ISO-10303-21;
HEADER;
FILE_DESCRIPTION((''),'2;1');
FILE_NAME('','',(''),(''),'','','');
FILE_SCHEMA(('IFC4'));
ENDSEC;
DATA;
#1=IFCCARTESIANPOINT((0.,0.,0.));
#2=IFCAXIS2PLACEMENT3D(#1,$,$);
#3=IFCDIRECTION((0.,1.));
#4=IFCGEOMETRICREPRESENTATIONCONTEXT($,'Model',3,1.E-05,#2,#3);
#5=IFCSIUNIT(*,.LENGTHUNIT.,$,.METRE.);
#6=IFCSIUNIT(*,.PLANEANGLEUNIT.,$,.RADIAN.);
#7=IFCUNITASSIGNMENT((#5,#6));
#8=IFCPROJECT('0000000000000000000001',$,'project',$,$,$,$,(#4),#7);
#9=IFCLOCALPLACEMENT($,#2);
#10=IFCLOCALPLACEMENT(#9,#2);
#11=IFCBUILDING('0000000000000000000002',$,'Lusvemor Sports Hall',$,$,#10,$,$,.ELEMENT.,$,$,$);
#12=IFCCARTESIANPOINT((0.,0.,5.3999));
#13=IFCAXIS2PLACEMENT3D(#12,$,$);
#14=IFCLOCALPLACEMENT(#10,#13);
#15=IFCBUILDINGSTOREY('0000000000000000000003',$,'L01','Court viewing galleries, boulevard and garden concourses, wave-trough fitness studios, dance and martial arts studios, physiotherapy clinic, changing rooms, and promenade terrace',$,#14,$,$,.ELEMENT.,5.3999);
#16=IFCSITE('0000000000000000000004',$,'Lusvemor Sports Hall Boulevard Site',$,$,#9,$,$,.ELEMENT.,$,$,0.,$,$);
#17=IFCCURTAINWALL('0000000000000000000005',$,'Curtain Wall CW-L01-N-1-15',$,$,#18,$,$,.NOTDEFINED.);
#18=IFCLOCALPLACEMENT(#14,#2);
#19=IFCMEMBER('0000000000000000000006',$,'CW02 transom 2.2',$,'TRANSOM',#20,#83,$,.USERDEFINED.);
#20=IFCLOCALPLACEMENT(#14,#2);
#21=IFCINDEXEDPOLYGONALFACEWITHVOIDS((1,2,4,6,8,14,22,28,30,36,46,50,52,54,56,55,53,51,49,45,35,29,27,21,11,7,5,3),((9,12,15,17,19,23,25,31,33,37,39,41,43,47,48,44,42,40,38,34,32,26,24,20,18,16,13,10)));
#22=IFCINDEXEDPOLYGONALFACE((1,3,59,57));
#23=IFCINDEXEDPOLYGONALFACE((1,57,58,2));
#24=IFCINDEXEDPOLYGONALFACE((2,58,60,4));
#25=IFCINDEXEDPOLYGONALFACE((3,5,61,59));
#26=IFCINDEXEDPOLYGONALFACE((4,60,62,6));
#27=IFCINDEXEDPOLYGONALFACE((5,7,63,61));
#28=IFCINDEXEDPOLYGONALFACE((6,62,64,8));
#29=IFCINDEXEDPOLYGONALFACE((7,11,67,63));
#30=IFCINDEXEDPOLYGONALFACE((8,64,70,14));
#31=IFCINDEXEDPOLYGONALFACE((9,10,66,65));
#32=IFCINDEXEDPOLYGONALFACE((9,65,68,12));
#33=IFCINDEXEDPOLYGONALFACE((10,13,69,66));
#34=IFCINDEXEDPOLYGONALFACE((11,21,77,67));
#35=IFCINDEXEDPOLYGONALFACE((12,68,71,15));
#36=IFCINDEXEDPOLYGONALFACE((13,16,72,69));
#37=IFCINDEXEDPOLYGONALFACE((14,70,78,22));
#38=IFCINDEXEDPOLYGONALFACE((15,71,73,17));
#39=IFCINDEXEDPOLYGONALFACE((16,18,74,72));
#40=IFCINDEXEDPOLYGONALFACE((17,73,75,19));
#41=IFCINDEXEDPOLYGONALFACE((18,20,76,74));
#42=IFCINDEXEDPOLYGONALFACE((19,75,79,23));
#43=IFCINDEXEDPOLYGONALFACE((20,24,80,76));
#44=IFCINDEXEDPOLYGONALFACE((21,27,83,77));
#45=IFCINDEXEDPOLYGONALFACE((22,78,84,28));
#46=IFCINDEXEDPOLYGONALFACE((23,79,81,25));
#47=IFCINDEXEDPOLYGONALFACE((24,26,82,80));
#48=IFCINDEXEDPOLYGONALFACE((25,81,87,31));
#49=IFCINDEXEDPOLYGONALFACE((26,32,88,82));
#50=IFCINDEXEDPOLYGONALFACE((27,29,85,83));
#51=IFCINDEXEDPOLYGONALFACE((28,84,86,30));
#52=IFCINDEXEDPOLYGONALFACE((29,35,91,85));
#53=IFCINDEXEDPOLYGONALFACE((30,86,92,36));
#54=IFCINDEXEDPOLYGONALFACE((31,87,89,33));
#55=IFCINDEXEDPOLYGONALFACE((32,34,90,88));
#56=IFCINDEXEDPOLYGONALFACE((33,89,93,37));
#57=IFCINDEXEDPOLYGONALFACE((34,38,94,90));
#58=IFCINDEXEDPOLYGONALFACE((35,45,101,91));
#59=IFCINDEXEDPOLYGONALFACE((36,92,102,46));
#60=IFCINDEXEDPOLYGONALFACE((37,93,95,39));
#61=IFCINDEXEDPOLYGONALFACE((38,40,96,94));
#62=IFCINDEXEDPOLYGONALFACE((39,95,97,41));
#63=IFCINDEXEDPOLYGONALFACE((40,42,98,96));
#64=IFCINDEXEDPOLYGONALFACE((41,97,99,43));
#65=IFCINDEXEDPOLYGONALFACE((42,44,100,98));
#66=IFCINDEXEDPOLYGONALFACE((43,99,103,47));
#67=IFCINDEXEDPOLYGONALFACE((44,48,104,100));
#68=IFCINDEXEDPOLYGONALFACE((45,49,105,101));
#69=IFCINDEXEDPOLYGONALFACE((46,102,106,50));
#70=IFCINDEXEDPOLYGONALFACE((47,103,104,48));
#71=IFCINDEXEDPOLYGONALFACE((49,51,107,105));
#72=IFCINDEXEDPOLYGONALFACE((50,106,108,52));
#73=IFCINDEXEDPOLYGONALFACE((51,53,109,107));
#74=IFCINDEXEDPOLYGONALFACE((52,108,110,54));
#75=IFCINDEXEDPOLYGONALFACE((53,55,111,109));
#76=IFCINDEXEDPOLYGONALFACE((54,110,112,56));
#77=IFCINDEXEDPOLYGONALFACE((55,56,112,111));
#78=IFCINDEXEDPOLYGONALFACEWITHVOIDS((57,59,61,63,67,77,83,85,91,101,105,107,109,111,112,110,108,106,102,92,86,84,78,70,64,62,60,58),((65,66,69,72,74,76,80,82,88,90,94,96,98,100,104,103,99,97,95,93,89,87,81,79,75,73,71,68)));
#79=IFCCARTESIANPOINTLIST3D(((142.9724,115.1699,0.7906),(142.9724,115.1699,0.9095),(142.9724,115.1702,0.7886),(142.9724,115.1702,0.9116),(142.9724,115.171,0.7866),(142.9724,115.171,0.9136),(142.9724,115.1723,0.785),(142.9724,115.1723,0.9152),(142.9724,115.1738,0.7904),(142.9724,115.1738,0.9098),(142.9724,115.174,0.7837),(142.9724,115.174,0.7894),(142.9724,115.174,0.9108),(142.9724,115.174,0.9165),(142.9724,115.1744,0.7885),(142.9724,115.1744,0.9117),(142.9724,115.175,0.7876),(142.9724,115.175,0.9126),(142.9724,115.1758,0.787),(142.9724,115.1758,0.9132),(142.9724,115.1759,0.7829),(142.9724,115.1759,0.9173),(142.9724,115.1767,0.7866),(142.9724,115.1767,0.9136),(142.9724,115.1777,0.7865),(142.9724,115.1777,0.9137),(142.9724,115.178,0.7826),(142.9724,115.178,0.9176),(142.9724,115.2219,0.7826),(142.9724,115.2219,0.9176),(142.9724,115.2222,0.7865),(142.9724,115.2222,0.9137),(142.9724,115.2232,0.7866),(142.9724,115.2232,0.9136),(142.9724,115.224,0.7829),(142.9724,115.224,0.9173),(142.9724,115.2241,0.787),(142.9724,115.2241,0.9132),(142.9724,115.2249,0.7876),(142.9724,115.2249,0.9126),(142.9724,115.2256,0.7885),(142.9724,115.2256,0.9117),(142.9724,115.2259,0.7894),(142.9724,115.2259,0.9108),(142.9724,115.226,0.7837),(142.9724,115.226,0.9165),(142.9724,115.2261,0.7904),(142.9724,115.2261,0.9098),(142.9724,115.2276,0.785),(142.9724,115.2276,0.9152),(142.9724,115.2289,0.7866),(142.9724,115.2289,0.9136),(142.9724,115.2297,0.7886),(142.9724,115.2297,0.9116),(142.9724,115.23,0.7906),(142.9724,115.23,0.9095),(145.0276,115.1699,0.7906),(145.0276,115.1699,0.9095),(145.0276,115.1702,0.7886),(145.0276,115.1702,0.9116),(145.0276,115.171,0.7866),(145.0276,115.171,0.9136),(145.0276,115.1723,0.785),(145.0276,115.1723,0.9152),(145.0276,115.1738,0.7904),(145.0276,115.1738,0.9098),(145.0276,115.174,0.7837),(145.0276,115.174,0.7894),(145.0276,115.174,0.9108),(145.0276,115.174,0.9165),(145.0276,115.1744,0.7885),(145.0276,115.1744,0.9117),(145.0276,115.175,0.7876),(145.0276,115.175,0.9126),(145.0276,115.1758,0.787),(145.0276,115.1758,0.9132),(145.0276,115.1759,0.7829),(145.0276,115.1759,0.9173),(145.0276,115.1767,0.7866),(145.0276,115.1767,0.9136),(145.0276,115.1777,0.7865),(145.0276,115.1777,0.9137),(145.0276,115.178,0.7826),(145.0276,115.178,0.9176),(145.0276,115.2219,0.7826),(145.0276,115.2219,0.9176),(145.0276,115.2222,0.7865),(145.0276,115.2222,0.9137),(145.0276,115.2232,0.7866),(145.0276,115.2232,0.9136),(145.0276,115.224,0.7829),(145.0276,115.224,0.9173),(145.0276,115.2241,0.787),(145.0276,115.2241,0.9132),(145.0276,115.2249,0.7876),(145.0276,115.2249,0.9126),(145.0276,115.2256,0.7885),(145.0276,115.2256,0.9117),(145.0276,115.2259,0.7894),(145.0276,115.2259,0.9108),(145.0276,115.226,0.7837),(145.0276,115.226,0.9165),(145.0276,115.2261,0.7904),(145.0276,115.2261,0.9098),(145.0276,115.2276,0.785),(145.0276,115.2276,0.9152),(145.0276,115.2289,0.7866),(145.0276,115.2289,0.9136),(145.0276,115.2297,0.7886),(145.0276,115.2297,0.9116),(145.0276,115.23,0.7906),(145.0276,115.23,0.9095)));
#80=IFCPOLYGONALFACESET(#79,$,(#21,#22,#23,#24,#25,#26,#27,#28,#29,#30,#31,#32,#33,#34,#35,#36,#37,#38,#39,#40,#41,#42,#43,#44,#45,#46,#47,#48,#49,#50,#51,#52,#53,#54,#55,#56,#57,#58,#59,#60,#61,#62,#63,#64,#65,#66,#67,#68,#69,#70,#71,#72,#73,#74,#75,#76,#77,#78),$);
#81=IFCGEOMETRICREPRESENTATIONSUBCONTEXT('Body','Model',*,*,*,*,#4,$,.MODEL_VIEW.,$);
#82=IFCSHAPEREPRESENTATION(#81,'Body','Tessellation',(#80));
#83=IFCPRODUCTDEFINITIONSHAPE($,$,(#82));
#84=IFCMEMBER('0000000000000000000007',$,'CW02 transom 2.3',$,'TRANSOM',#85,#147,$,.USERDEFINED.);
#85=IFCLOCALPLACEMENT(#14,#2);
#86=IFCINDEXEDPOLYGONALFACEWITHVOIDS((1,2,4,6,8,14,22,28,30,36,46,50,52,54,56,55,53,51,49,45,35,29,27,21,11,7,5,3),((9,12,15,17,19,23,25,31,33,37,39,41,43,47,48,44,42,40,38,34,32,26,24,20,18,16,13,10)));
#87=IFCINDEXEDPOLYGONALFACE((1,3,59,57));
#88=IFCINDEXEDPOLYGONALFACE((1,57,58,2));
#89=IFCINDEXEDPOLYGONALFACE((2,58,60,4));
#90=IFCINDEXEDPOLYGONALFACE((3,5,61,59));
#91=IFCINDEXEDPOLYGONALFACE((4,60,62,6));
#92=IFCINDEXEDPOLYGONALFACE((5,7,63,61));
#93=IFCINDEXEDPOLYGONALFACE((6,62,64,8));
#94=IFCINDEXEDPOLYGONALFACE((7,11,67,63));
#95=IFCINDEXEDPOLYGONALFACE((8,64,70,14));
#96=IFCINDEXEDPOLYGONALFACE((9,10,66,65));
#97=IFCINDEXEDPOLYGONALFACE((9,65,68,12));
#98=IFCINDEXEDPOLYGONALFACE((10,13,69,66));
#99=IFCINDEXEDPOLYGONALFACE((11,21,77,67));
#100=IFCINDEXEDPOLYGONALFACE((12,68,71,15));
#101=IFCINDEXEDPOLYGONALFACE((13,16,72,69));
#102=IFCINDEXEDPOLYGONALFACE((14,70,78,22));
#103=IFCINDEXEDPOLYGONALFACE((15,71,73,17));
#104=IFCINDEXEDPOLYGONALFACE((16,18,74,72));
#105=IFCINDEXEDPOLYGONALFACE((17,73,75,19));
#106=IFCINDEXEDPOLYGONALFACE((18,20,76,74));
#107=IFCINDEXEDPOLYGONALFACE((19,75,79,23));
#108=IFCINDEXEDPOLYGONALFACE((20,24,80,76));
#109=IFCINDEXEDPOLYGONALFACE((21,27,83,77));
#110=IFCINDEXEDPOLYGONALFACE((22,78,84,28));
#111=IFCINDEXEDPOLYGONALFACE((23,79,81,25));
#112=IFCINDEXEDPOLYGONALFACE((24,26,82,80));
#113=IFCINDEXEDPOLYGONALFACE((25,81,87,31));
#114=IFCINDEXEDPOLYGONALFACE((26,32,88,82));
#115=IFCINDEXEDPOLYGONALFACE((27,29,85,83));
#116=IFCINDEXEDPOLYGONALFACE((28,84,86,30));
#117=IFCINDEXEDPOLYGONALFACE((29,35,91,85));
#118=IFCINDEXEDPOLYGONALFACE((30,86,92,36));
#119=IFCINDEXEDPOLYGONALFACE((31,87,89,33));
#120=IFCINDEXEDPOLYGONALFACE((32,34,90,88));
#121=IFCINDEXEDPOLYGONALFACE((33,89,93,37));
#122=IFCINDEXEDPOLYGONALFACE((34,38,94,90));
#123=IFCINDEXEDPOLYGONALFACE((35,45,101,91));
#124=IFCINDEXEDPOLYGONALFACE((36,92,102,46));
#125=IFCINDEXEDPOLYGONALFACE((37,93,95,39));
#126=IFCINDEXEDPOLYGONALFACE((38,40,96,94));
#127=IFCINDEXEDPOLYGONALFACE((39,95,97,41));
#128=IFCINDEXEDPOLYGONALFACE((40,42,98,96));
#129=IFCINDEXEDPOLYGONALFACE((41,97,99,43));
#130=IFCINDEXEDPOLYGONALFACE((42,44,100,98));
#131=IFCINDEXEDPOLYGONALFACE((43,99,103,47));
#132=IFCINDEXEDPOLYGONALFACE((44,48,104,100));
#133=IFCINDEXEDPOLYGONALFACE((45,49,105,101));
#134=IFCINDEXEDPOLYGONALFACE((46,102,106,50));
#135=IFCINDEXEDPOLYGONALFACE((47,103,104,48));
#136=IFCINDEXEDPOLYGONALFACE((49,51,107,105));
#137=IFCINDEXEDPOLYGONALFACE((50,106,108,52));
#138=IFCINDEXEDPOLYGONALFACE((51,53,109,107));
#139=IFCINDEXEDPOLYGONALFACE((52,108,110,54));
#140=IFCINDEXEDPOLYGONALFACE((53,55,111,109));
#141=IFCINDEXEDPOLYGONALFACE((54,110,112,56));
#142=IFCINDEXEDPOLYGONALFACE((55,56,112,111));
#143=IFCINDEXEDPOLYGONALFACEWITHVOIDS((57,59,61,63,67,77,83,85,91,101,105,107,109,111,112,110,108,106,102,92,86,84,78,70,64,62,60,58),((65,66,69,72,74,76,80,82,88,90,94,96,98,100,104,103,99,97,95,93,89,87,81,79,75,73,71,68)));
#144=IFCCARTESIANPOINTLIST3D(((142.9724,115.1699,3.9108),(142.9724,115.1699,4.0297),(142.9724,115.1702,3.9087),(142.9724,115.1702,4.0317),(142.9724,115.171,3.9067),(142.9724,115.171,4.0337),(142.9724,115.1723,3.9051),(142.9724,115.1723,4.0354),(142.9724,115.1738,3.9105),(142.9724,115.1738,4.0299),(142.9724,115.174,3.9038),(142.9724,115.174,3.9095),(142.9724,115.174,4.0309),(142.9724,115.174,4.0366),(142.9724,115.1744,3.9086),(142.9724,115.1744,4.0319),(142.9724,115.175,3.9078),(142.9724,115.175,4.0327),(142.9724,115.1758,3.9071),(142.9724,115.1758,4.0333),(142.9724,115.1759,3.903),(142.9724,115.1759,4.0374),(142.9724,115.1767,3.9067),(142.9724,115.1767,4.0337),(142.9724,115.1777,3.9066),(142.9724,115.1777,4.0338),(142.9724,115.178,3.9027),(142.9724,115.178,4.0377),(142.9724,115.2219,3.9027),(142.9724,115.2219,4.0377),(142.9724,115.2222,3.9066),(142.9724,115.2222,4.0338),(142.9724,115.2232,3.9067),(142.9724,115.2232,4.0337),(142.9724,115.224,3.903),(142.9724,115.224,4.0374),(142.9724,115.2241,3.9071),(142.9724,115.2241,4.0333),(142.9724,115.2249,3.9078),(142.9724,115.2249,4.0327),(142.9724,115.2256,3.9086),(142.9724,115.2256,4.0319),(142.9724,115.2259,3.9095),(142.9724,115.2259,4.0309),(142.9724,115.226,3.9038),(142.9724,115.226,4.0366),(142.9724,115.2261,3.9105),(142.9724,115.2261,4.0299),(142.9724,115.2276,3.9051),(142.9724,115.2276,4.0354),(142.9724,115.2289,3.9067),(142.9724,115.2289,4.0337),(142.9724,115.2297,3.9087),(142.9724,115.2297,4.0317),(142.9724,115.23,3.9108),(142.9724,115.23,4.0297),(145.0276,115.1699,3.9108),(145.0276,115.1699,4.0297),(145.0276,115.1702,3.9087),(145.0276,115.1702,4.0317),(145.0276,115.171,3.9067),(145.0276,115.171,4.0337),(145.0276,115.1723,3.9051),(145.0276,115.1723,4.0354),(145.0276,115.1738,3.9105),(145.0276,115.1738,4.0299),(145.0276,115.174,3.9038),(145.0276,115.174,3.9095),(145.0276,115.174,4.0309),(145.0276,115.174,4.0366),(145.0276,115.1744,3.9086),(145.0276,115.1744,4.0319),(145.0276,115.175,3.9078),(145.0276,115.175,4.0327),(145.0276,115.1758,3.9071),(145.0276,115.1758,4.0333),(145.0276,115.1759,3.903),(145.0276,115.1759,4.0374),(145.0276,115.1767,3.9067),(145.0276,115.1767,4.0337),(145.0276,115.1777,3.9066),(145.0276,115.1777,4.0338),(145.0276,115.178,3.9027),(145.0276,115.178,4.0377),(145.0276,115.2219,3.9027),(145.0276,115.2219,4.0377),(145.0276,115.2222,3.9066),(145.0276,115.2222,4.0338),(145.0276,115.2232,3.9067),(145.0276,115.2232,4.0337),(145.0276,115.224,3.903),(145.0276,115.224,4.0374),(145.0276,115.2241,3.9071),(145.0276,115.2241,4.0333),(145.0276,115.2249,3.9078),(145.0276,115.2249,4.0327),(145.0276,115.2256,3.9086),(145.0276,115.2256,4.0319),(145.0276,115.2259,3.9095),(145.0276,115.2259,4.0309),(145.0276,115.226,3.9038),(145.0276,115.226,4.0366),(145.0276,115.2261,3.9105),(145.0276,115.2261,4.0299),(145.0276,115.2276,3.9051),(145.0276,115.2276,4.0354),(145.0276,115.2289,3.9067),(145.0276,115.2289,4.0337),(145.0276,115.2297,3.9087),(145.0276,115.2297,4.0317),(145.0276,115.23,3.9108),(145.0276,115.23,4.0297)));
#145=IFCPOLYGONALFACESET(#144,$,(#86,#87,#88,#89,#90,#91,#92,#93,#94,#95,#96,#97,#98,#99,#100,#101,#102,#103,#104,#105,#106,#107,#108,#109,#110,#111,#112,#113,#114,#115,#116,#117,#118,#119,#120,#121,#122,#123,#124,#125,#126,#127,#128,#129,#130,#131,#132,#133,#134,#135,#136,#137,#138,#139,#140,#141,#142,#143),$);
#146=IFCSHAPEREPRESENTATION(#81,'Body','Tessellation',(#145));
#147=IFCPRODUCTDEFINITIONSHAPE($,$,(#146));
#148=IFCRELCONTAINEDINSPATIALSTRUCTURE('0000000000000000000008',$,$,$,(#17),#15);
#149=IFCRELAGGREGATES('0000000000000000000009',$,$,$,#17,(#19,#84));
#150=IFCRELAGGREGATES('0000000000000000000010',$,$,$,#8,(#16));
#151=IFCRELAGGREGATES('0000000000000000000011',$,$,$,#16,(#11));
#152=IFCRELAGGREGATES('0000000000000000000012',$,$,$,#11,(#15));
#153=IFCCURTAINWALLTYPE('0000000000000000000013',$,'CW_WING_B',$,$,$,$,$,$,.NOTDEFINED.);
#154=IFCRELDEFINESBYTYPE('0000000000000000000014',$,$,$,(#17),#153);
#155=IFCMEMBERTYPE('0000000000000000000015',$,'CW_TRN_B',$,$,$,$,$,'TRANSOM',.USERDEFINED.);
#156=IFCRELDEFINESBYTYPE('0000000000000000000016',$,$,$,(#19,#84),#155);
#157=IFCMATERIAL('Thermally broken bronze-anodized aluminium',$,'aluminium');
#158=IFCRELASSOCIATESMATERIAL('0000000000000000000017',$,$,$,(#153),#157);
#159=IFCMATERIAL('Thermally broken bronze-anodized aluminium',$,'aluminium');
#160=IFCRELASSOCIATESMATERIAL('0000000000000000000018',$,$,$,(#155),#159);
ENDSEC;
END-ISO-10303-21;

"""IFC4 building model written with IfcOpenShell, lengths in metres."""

from ifc_helpers import new_model, si_unit, direction, frame, origin, origin_2d, place, context, subcontext, project, spatial, hollow_rectangle, extrude, material, material_profile, profile_set, type_object, element, aggregate, save


model = new_model("IFC4")

# Units and contexts
model_context = context("Model", 3, precision=1e-05, world=origin(), true_north=direction((0.0, 1.0)))
body_context = subcontext(model_context, "Body", "Model", "MODEL_VIEW")
ifc_project = project(units=[si_unit("LENGTHUNIT", "METRE"), si_unit("PLANEANGLEUNIT", "RADIAN")], contexts=[model_context])

# Site, building, storey
site_placement = place(None, origin())
site = spatial("IfcSite", under=ifc_project, at=site_placement, Name="Lusvemor Sports Hall Boulevard Site", CompositionType="ELEMENT", RefElevation=0.0)
building_placement = place(site_placement, origin())
building = spatial("IfcBuilding", under=site, at=building_placement, Name="Lusvemor Sports Hall", CompositionType="ELEMENT")
storey_placement = place(building_placement, frame((0.0, 0.0, 5.3999)))
storey = spatial("IfcBuildingStorey", under=building, at=storey_placement, Name="L01", Description="Court viewing galleries, boulevard and garden concourses, wave-trough fitness studios, dance and martial arts studios, physiotherapy clinic, changing rooms, and promenade terrace", CompositionType="ELEMENT", Elevation=5.3999)

# Curtain wall, members
ifc_material_1 = material(Name="Thermally broken bronze-anodized aluminium", Category="aluminium")
curtain_wall_type = type_object("IfcCurtainWallType", Name="CW_WING_B", PredefinedType="NOTDEFINED", material=ifc_material_1)
curtain_wall_placement = place(storey_placement, origin())
curtain_wall = element("IfcCurtainWall", 1, at=curtain_wall_placement, inside=storey, type_object=curtain_wall_type, Name="Curtain Wall CW-L01-N-1-15", PredefinedType="NOTDEFINED")
ifc_material_2 = material(Name="Thermally broken bronze-anodized aluminium", Category="aluminium")
ifc_material_profile_1 = material_profile(ifc_material_2, hollow_rectangle(XDim=0.0601, YDim=0.135, WallThickness=0.0039, InnerFilletRadius=0.0039, OuterFilletRadius=0.0081, at=origin_2d()), Name="CWTRN135x60x4")
ifc_profile_set_1 = profile_set([ifc_material_profile_1], Name="Thermally broken bronze-anodized aluminium")
member_type_1 = type_object("IfcMemberType", Name="CW_TRN_B", ElementType="TRANSOM", PredefinedType="USERDEFINED", material=ifc_profile_set_1)
member_1_placement = place(storey_placement, frame((142.9724, 115.2, 0.8501), z_axis=(1.0, 0.0, 0.0), x_axis=(0.0, 1.0, 0.0)))
member_1 = element("IfcMember", 2, at=member_1_placement, type_object=member_type_1, Name="CW02 transom 2.2", ObjectType="TRANSOM", PredefinedType="USERDEFINED", context=body_context, shape_type="SweptSolid", body=[
    extrude(hollow_rectangle(XDim=0.0601, YDim=0.135, WallThickness=0.0039, InnerFilletRadius=0.0039, OuterFilletRadius=0.0081, at=origin_2d()), origin(), (0.0, 0.0, 1.0), 2.0552),
])
member_2_placement = place(storey_placement, frame((142.9724, 115.2, 3.9702), z_axis=(1.0, 0.0, 0.0), x_axis=(0.0, 1.0, 0.0)))
member_2 = element("IfcMember", 3, at=member_2_placement, type_object=member_type_1, Name="CW02 transom 2.3", ObjectType="TRANSOM", PredefinedType="USERDEFINED", context=body_context, shape_type="SweptSolid", body=[
    extrude(hollow_rectangle(XDim=0.0601, YDim=0.135, WallThickness=0.0039, InnerFilletRadius=0.0039, OuterFilletRadius=0.0081, at=origin_2d()), origin(), (0.0, 0.0, 1.0), 2.0552),
])

aggregate(curtain_wall, [member_1, member_2])

save(model, "model.ifc")
